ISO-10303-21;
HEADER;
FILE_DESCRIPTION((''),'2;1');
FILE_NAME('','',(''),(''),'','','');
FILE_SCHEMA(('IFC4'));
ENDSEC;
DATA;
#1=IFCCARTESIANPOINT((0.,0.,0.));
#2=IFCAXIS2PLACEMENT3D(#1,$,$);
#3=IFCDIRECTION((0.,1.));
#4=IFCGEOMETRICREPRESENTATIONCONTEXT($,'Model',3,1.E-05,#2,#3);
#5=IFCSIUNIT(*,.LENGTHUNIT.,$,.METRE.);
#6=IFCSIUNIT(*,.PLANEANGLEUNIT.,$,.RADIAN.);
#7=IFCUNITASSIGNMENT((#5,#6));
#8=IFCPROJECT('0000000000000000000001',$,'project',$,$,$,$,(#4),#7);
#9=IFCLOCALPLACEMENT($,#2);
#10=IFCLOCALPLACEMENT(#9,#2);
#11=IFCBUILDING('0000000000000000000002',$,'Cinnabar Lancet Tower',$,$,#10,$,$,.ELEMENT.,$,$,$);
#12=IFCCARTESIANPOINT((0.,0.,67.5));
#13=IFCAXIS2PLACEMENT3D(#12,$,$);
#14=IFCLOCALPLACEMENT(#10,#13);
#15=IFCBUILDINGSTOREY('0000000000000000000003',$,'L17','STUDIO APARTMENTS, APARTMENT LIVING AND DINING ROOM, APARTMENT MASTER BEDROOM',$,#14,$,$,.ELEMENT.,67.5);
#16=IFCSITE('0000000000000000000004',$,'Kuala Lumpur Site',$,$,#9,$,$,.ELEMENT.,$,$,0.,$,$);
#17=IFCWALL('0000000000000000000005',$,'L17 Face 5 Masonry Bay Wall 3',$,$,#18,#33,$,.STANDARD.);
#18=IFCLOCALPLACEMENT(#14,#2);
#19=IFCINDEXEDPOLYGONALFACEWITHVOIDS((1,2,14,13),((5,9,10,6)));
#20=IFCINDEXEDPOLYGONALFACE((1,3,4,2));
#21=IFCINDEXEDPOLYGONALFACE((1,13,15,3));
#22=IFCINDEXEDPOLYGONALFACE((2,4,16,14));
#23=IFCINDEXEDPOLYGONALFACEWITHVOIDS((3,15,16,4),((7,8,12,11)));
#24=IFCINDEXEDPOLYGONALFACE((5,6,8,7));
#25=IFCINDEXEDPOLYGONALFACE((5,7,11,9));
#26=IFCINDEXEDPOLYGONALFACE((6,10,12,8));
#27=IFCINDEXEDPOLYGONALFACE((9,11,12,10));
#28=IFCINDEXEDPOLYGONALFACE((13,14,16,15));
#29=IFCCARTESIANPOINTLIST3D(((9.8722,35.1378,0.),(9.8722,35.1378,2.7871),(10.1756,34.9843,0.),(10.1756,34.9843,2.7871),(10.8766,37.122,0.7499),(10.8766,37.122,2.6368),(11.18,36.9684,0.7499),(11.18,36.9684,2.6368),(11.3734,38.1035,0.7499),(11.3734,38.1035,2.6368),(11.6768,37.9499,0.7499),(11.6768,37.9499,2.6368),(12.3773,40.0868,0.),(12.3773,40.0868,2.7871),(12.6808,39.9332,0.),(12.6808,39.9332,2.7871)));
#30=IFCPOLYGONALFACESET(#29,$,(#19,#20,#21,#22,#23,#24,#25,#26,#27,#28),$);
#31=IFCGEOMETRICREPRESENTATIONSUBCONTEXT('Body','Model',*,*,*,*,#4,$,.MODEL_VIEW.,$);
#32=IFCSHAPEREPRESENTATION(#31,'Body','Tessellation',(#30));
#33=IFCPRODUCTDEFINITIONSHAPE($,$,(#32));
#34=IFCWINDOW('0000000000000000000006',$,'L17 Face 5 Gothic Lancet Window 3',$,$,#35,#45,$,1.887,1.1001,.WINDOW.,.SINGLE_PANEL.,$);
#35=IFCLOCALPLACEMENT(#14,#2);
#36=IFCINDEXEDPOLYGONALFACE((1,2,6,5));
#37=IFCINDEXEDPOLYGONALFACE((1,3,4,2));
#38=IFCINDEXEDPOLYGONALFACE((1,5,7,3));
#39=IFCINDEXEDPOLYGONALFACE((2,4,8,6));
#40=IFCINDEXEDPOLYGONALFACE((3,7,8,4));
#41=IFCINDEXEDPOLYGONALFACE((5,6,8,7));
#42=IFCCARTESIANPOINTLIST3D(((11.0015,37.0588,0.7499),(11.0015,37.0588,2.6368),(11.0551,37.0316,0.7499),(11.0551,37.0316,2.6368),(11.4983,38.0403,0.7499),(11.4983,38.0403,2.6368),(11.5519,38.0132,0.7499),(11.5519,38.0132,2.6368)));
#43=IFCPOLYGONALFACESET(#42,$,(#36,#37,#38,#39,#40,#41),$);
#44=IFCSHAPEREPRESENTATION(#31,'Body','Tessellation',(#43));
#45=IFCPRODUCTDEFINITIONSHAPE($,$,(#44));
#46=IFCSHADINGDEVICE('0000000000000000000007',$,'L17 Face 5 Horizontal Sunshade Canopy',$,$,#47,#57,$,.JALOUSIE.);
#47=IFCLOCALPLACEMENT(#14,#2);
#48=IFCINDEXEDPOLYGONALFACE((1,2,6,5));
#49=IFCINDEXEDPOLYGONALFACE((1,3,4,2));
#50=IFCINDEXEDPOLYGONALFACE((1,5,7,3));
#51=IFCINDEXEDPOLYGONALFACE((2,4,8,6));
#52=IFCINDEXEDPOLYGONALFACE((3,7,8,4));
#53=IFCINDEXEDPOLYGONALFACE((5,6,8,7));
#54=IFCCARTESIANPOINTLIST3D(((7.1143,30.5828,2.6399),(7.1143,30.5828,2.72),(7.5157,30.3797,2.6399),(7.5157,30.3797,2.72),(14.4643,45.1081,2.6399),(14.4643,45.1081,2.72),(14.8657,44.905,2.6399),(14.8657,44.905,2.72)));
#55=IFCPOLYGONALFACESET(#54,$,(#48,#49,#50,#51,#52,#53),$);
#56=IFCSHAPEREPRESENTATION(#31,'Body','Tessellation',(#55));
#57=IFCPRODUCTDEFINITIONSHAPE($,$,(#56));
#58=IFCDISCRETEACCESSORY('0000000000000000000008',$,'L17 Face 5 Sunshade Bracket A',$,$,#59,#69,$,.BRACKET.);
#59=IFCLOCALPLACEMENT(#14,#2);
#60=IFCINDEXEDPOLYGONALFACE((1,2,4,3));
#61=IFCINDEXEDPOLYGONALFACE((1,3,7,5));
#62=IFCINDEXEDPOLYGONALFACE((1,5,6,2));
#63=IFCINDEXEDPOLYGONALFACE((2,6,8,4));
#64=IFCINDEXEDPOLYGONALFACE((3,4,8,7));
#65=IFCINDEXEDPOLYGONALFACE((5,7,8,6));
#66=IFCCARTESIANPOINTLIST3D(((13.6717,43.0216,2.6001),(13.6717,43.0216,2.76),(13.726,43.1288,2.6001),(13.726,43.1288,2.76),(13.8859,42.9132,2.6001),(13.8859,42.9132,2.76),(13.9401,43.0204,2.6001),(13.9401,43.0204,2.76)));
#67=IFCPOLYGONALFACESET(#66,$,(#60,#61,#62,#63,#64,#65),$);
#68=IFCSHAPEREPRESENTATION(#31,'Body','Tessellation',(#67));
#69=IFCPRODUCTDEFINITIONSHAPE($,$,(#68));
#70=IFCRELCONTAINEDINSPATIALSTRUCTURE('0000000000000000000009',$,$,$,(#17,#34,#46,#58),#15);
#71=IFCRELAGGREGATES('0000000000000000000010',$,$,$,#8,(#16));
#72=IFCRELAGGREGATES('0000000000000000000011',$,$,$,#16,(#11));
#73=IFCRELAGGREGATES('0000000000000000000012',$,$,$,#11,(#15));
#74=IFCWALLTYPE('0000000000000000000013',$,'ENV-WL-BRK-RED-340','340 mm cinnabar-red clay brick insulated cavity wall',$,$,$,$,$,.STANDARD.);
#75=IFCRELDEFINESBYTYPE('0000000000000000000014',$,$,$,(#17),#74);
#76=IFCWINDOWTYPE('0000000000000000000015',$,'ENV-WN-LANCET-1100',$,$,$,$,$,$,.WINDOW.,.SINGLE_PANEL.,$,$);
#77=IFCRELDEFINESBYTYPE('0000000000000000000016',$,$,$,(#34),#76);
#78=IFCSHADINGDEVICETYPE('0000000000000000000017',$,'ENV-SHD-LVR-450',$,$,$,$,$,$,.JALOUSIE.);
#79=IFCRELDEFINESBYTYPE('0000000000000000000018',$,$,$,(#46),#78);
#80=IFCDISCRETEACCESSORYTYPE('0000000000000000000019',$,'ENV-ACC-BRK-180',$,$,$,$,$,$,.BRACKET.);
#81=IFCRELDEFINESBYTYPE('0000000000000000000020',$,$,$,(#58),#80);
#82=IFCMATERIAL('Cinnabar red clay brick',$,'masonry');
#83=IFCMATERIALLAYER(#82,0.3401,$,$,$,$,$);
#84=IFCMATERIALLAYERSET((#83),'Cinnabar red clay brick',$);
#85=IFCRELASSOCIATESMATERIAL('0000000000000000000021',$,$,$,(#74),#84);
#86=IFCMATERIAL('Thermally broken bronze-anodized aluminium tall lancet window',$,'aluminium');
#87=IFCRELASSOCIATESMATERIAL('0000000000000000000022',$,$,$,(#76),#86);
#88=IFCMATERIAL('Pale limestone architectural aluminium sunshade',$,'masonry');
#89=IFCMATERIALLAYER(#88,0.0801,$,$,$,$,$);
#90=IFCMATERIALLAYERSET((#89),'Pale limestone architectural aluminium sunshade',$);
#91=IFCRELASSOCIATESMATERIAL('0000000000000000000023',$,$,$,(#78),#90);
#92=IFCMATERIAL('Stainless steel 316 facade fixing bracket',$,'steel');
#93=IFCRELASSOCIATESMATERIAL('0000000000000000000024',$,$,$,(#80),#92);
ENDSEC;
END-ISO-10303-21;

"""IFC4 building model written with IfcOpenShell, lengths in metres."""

from ifc_helpers import new_model, si_unit, direction, frame, frame_2d, origin, origin_2d, place, context, subcontext, project, spatial, rectangle, extrude, material, layer, layer_set, type_object, element, fill, save


model = new_model("IFC4")

# Units and contexts
model_context = context("Model", 3, precision=1e-05, world=origin(), true_north=direction((0.0, 1.0)))
body_context = subcontext(model_context, "Body", "Model", "MODEL_VIEW")
ifc_project = project(units=[si_unit("LENGTHUNIT", "METRE"), si_unit("PLANEANGLEUNIT", "RADIAN")], contexts=[model_context])

# Site, building, storey
site_placement = place(None, origin())
site = spatial("IfcSite", under=ifc_project, at=site_placement, Name="Kuala Lumpur Site", CompositionType="ELEMENT", RefElevation=0.0)
building_placement = place(site_placement, origin())
building = spatial("IfcBuilding", under=site, at=building_placement, Name="Cinnabar Lancet Tower", CompositionType="ELEMENT")
storey_placement = place(building_placement, frame((0.0, 0.0, 67.5)))
storey = spatial("IfcBuildingStorey", under=building, at=storey_placement, Name="L17", Description="STUDIO APARTMENTS, APARTMENT LIVING AND DINING ROOM, APARTMENT MASTER BEDROOM", CompositionType="ELEMENT", Elevation=67.5)

# Shared definitions
ifc_material_1 = material(Name="Cinnabar red clay brick", Category="masonry")
ifc_layer_1 = layer(ifc_material_1, 0.3401)
ifc_layer_set_1 = layer_set([ifc_layer_1], Name="Cinnabar red clay brick")
wall_type_1 = type_object("IfcWallType", Name="ENV-WL-BRK-RED-340", Description="340 mm cinnabar-red clay brick insulated cavity wall", PredefinedType="STANDARD", material=ifc_layer_set_1)

# Wall, opening, window
ifc_material_2 = material(Name="Thermally broken bronze-anodized aluminium tall lancet window", Category="aluminium")
window_type = type_object("IfcWindowType", Name="ENV-WN-LANCET-1100", PartitioningType="SINGLE_PANEL", PredefinedType="WINDOW", material=ifc_material_2)
wall_1_placement = place(storey_placement, frame((12.5291, 40.01, 0.0), z_axis=(0.0, 0.0, 1.0), x_axis=(-0.451627, -0.892207, 0.0)))
wall_1 = element("IfcWall", 1, at=wall_1_placement, inside=storey, type_object=wall_type_1, Name="L17 Face 5 Masonry Bay Wall 3", PredefinedType="STANDARD", context=body_context, shape_type="SweptSolid", body=[
    extrude(rectangle(XDim=5.5469, YDim=0.3401, at=frame_2d((2.7734, 0.0))), origin(), (0.0, 0.0, 1.0), 2.7871),
])
opening_1_placement = place(wall_1_placement, frame((2.2229, 0.0, 0.75)))
opening_1 = element("IfcOpeningElement", 2, at=opening_1_placement, cuts=wall_1, PredefinedType="OPENING", context=body_context, shape_type="SweptSolid", body=[
    extrude(rectangle(XDim=1.1001, YDim=1.887, at=frame_2d((0.55, 0.9434))), frame((0.0, 0.1799, 0.0), z_axis=(0.0, -1.0, 0.0), x_axis=(1.0, 0.0, 0.0)), (0.0, 0.0, 1.0), 0.3601),
])
window_1_placement = place(opening_1_placement, origin())
window_1 = element("IfcWindow", 3, at=window_1_placement, inside=storey, type_object=window_type, Name="L17 Face 5 Gothic Lancet Window 3", OverallHeight=1.887, OverallWidth=1.1001, PartitioningType="SINGLE_PANEL", PredefinedType="WINDOW", context=body_context, shape_type="SweptSolid", body=[
    extrude(rectangle(XDim=1.1001, YDim=1.887, at=frame_2d((0.55, 0.9434))), frame((0.0, 0.03, 0.0), z_axis=(0.0, -1.0, 0.0), x_axis=(1.0, 0.0, 0.0)), (0.0, 0.0, 1.0), 0.0601),
])
fill(opening_1, window_1)

# Shading device
ifc_material_3 = material(Name="Pale limestone architectural aluminium sunshade", Category="masonry")
ifc_layer_2 = layer(ifc_material_3, 0.0801)
ifc_layer_set_2 = layer_set([ifc_layer_2], Name="Pale limestone architectural aluminium sunshade")
shading_device_type = type_object("IfcShadingDeviceType", Name="ENV-SHD-LVR-450", PredefinedType="JALOUSIE", material=ifc_layer_set_2)
shading_device_placement = place(storey_placement, frame((10.99, 37.7439, 2.6399), z_axis=(0.0, 0.0, 1.0), x_axis=(-0.451501, -0.892271, 0.0)))
element("IfcShadingDevice", 4, at=shading_device_placement, inside=storey, type_object=shading_device_type, Name="L17 Face 5 Horizontal Sunshade Canopy", PredefinedType="JALOUSIE", context=body_context, shape_type="SweptSolid", body=[
    extrude(rectangle(XDim=16.2791, YDim=0.45, at=origin_2d()), origin(), (0.0, 0.0, 1.0), 0.0801),
])

# Discrete accessory
ifc_material_4 = material(Name="Stainless steel 316 facade fixing bracket", Category="steel")
discrete_accessory_type = type_object("IfcDiscreteAccessoryType", Name="ENV-ACC-BRK-180", PredefinedType="BRACKET", material=ifc_material_4)
discrete_accessory_placement = place(storey_placement, frame((13.8059, 43.021, 2.6001), z_axis=(0.0, 0.0, 1.0), x_axis=(-0.451501, -0.892271, 0.0)))
element("IfcDiscreteAccessory", 5, at=discrete_accessory_placement, inside=storey, type_object=discrete_accessory_type, Name="L17 Face 5 Sunshade Bracket A", PredefinedType="BRACKET", context=body_context, shape_type="SweptSolid", body=[
    extrude(rectangle(XDim=0.1201, YDim=0.24, at=origin_2d()), origin(), (0.0, 0.0, 1.0), 0.1599),
])

save(model, "model.ifc")
